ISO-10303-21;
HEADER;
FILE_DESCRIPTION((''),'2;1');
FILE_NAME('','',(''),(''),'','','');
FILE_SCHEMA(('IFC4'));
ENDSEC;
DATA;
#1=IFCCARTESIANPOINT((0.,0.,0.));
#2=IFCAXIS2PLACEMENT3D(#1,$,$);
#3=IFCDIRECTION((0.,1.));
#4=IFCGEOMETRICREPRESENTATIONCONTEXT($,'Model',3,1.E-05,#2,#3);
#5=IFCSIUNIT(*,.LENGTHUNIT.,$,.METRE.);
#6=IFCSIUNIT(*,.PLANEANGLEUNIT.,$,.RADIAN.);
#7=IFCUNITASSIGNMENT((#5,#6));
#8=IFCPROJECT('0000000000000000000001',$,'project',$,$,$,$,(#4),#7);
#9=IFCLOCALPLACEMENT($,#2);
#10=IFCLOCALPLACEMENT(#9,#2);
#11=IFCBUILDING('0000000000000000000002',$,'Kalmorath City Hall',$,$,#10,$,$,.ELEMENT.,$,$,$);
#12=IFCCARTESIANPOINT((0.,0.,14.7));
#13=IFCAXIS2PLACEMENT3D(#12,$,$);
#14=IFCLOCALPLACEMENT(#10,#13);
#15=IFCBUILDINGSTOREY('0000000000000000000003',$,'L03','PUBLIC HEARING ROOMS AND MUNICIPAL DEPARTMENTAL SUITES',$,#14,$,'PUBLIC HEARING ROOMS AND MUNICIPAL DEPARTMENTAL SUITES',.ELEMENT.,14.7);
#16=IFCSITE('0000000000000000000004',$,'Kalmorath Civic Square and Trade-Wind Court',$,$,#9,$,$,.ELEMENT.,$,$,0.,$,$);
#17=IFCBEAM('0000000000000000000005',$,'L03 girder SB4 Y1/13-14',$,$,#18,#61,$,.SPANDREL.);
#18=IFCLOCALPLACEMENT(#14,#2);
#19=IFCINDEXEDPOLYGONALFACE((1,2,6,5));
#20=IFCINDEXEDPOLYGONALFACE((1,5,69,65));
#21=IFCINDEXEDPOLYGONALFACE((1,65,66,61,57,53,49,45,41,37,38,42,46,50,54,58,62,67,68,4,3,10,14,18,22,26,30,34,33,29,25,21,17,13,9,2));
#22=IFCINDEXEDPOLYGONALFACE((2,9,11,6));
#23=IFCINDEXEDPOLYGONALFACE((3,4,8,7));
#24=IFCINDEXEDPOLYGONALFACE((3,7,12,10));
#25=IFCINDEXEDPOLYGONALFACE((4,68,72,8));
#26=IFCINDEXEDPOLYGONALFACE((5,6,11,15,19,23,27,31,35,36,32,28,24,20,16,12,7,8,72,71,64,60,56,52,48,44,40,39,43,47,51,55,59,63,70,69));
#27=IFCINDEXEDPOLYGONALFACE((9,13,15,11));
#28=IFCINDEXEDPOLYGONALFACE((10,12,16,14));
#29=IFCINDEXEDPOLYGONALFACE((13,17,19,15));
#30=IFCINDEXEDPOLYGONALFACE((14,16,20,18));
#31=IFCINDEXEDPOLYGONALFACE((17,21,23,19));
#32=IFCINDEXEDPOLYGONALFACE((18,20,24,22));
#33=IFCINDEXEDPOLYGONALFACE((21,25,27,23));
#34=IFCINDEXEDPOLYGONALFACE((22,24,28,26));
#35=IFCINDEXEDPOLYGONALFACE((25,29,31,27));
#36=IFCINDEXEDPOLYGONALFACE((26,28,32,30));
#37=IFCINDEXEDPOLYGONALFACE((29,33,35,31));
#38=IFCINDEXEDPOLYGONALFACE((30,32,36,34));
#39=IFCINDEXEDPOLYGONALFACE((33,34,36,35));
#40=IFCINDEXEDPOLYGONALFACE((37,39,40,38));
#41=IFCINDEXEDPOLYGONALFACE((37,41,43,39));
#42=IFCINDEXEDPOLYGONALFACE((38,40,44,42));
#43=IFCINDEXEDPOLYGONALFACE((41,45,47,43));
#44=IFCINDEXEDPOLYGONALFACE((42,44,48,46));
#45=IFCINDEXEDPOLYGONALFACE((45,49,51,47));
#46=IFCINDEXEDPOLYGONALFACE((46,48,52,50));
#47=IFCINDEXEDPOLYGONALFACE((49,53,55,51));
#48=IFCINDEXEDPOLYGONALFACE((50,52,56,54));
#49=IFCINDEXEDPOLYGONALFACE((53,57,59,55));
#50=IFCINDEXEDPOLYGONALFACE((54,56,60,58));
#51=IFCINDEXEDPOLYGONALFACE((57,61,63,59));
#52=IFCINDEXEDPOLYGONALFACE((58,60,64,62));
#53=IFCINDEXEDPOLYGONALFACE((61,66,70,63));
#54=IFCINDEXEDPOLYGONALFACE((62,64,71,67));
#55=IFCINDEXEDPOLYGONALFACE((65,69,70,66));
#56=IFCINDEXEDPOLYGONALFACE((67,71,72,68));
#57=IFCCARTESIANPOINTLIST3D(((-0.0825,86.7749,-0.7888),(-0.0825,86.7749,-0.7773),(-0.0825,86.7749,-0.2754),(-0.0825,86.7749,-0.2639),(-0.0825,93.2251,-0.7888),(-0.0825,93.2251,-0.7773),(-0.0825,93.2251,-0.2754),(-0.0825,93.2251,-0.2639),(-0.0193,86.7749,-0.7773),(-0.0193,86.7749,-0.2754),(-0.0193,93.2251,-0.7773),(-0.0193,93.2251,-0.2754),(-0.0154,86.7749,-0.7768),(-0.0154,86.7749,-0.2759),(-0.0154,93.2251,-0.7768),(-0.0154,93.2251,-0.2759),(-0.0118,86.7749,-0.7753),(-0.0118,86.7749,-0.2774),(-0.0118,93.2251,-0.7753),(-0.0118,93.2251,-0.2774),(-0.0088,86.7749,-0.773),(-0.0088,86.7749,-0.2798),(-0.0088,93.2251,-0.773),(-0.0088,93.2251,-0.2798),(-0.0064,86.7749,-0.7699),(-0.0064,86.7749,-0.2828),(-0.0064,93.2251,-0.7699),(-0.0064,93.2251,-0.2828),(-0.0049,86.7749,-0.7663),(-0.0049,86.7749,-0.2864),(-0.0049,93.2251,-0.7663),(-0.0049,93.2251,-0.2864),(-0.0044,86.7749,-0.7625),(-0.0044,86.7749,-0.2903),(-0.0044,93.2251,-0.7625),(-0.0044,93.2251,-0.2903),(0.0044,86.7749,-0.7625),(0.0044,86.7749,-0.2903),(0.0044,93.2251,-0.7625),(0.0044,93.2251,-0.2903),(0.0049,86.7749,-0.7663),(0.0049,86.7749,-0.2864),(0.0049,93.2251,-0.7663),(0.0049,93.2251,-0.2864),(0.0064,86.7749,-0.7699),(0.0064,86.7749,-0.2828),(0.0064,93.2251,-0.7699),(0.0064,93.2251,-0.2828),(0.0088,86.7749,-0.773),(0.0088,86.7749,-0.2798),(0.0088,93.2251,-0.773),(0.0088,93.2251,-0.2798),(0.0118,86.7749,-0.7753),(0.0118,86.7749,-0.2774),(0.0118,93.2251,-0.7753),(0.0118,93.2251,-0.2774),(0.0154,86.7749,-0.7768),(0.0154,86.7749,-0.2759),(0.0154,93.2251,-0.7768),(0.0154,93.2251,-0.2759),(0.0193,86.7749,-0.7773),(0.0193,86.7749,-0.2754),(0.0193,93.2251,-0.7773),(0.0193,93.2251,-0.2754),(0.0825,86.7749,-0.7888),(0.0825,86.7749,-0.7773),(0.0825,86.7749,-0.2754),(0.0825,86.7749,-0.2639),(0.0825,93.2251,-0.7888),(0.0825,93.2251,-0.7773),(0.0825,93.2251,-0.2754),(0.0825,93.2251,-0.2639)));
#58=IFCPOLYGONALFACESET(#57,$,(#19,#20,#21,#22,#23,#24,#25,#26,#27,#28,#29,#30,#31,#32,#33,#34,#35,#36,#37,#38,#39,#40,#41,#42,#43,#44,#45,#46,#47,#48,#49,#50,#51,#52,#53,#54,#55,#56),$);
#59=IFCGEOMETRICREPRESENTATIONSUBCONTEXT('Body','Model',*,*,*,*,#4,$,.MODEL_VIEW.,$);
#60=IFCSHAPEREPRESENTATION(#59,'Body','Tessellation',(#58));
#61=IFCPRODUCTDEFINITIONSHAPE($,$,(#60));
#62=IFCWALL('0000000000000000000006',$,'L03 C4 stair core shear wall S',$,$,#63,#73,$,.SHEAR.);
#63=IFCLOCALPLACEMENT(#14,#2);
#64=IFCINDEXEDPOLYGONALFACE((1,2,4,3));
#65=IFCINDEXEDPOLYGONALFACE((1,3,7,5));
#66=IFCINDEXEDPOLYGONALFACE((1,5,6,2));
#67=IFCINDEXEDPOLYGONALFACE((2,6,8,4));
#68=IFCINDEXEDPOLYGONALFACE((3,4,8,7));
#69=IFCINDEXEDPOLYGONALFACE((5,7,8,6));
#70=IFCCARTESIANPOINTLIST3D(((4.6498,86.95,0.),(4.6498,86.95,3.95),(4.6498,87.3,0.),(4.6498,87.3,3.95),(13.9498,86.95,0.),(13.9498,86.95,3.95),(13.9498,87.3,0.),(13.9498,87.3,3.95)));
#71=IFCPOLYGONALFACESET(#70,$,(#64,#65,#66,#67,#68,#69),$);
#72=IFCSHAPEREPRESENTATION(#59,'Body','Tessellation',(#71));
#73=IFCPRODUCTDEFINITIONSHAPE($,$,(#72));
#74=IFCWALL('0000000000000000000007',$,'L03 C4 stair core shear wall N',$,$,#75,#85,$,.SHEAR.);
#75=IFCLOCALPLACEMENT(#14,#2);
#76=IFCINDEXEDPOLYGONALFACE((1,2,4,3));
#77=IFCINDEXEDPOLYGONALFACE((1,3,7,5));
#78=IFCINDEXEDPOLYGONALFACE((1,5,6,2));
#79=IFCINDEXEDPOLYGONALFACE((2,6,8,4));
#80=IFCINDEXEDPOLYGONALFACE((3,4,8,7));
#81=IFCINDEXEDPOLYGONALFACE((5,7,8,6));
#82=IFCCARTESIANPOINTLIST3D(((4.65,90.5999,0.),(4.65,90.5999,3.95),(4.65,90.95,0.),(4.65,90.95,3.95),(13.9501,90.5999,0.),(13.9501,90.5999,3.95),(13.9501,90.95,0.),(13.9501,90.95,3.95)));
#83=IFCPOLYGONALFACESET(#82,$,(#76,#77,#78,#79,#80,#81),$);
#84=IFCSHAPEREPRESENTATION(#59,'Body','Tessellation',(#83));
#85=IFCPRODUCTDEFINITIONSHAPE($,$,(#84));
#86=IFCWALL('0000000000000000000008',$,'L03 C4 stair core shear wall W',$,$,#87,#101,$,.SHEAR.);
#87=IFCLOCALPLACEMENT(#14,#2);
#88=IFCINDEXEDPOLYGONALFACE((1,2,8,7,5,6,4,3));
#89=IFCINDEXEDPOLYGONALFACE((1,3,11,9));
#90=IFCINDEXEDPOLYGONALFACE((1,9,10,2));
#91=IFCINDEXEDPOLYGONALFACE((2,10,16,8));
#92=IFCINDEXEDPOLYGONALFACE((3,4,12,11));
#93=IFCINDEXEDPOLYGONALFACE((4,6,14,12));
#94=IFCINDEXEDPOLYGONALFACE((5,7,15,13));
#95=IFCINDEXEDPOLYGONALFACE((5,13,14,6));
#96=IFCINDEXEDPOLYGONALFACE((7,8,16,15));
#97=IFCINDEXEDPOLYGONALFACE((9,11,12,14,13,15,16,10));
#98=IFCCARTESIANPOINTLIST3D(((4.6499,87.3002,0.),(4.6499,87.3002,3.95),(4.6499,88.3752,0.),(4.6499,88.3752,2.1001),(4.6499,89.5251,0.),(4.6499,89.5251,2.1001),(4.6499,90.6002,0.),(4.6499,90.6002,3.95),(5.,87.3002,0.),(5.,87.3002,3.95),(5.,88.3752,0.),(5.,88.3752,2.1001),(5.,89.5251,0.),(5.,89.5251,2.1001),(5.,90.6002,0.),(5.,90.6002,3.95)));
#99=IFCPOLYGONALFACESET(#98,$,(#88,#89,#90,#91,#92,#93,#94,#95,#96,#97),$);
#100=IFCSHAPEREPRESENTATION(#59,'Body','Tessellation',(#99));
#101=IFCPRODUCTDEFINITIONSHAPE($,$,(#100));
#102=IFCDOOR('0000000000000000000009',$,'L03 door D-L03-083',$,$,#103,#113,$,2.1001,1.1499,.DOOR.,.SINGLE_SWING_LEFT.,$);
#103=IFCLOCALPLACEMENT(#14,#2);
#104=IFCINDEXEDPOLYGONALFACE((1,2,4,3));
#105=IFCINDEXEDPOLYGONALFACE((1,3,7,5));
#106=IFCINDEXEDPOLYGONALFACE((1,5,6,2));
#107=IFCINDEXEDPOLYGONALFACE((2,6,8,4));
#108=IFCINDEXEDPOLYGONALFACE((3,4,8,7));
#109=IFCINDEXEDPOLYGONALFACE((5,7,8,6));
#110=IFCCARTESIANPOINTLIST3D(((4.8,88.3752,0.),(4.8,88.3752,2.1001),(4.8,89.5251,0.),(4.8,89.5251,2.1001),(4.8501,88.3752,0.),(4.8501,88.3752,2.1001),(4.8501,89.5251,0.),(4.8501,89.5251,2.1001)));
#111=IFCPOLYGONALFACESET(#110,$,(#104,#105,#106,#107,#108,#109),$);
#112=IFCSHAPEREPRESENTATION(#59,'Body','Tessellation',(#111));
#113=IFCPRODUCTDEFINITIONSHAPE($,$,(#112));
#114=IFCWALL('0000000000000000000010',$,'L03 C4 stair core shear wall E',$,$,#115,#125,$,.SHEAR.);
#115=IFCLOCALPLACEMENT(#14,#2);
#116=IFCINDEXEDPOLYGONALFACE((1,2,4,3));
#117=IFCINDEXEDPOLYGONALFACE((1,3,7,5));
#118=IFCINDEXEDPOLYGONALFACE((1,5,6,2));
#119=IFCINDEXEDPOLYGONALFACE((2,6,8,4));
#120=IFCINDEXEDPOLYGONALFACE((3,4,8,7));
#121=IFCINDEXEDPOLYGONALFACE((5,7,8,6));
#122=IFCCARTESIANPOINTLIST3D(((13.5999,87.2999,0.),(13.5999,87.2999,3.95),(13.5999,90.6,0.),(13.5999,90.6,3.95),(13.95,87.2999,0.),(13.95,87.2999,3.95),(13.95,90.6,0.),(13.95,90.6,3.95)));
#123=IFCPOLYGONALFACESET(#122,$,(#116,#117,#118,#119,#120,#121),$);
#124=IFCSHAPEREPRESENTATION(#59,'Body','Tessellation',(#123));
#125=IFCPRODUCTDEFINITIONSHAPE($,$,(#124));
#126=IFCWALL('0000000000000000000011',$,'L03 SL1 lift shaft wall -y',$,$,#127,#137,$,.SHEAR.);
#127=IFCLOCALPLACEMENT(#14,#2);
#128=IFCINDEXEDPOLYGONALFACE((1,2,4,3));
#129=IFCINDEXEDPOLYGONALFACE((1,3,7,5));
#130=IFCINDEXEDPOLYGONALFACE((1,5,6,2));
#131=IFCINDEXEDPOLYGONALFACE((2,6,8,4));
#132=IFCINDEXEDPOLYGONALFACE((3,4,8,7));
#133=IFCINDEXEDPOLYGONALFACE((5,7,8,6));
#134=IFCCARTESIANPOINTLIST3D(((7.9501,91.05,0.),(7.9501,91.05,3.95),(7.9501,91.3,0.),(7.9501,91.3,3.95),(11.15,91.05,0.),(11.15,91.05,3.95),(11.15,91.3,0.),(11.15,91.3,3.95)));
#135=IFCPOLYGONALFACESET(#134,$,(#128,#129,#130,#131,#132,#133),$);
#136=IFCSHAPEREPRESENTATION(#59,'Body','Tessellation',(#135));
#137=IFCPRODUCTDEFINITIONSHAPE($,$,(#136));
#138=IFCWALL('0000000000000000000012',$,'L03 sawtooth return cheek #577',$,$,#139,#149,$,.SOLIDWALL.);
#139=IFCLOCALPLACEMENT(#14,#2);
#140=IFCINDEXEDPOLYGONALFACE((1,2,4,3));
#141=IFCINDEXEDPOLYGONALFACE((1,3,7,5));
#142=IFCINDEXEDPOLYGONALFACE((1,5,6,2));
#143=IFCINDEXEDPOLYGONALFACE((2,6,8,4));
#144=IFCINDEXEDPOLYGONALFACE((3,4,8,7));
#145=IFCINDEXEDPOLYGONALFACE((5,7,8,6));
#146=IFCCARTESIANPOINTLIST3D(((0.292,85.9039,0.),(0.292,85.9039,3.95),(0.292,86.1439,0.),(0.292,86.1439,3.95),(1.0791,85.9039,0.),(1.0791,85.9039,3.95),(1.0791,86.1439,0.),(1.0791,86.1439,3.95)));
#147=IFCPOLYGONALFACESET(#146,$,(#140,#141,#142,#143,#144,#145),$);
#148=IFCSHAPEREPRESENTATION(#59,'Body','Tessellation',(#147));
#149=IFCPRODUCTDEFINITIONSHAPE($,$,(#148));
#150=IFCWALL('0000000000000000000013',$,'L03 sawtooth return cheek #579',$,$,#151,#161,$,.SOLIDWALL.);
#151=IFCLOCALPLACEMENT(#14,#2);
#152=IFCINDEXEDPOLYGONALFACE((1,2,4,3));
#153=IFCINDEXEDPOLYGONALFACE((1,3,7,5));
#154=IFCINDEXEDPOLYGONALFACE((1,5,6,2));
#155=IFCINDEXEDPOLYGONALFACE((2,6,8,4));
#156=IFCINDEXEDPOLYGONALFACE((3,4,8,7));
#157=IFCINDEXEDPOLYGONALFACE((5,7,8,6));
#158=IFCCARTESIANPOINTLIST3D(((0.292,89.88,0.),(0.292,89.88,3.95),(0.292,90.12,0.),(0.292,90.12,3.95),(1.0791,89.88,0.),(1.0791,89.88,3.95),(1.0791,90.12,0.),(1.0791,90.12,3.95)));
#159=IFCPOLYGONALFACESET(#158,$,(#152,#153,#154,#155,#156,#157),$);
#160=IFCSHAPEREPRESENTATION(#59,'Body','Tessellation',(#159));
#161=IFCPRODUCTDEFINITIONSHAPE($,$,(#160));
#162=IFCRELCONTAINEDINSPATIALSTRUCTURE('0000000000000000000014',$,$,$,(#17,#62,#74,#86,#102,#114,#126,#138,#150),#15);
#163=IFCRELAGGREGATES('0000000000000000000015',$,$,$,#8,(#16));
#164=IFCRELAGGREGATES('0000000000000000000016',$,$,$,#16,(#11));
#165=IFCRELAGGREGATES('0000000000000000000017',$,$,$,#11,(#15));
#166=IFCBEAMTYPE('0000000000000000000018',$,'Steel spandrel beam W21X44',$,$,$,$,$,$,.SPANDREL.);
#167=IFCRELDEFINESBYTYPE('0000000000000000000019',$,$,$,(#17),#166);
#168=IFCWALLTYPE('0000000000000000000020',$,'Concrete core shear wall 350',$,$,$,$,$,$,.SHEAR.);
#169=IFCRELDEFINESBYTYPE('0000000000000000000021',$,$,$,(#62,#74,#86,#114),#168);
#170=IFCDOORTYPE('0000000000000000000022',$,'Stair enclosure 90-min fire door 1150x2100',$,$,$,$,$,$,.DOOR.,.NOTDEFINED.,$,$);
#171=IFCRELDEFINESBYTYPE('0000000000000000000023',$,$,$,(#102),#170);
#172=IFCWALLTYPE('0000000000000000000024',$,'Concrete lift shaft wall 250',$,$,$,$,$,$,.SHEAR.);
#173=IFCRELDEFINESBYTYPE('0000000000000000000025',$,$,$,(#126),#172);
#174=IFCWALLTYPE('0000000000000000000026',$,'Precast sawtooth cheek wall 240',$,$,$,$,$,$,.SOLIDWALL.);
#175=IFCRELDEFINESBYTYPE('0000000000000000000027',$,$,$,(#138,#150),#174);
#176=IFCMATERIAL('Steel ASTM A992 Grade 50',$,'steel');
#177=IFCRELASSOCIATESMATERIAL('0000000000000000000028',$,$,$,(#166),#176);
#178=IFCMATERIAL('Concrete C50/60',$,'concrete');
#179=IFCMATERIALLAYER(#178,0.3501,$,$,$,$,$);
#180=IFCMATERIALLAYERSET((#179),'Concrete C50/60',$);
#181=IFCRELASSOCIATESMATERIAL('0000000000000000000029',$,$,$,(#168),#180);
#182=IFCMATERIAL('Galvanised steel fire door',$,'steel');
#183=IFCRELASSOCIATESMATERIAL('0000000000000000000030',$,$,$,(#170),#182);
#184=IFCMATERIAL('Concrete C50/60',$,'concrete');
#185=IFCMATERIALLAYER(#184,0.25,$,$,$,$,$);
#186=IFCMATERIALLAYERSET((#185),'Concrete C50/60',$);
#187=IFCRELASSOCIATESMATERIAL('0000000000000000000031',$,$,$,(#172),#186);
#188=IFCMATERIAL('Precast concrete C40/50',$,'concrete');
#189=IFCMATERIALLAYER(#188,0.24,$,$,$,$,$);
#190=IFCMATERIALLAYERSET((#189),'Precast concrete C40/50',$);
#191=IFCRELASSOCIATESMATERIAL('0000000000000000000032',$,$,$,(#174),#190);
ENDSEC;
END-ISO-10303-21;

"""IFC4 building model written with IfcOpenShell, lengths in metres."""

from ifc_helpers import new_model, si_unit, direction, frame, frame_2d, origin, origin_2d, place, context, subcontext, project, spatial, rectangle, i_section, extrude, material, layer, layer_set, material_profile, profile_set, type_object, element, fill, save


model = new_model("IFC4")

# Units and contexts
model_context = context("Model", 3, precision=1e-05, world=origin(), true_north=direction((0.0, 1.0)))
body_context = subcontext(model_context, "Body", "Model", "MODEL_VIEW")
ifc_project = project(units=[si_unit("LENGTHUNIT", "METRE"), si_unit("PLANEANGLEUNIT", "RADIAN")], contexts=[model_context])

# Site, building, storey
site_placement = place(None, origin())
site = spatial("IfcSite", under=ifc_project, at=site_placement, Name="Kalmorath Civic Square and Trade-Wind Court", CompositionType="ELEMENT", RefElevation=0.0)
building_placement = place(site_placement, origin())
building = spatial("IfcBuilding", under=site, at=building_placement, Name="Kalmorath City Hall", CompositionType="ELEMENT")
storey_placement = place(building_placement, frame((0.0, 0.0, 14.7)))
storey = spatial("IfcBuildingStorey", under=building, at=storey_placement, Name="L03", Description="PUBLIC HEARING ROOMS AND MUNICIPAL DEPARTMENTAL SUITES", LongName="PUBLIC HEARING ROOMS AND MUNICIPAL DEPARTMENTAL SUITES", CompositionType="ELEMENT", Elevation=14.7)

# Beam
ifc_material_1 = material(Name="Steel ASTM A992 Grade 50", Category="steel")
ifc_material_profile_1 = material_profile(ifc_material_1, i_section(OverallWidth=0.165, OverallDepth=0.5249, WebThickness=0.0088, FlangeThickness=0.0115, FilletRadius=0.0149, at=origin_2d()), Name="W21X44")
ifc_profile_set_1 = profile_set([ifc_material_profile_1], Name="Steel ASTM A992 Grade 50")
beam_type_1 = type_object("IfcBeamType", Name="Steel spandrel beam W21X44", PredefinedType="SPANDREL", material=ifc_profile_set_1)
beam_1_placement = place(storey_placement, frame((0.0, 86.7749, -0.5264), z_axis=(0.0, 1.0, 0.0), x_axis=(-1.0, 0.0, 0.0)))
element("IfcBeam", 1, at=beam_1_placement, inside=storey, type_object=beam_type_1, Name="L03 girder SB4 Y1/13-14", PredefinedType="SPANDREL", context=body_context, shape_type="SweptSolid", body=[
    extrude(i_section(OverallWidth=0.165, OverallDepth=0.5249, WebThickness=0.0088, FlangeThickness=0.0115, FilletRadius=0.0149, at=origin_2d()), origin(), (0.0, 0.0, 1.0), 6.4502),
])

# Walls
ifc_material_2 = material(Name="Concrete C50/60", Category="concrete")
ifc_layer_1 = layer(ifc_material_2, 0.3501)
ifc_layer_set_1 = layer_set([ifc_layer_1], Name="Concrete C50/60")
wall_type_1 = type_object("IfcWallType", Name="Concrete core shear wall 350", PredefinedType="SHEAR", material=ifc_layer_set_1)
for number, where, z_axis, x_axis, name in (
    (2, (4.6499, 87.125, 0.0), (0.0, 0.0, 1.0), (1.0, 0.0, 0.0), "L03 C4 stair core shear wall S"),
    (3, (13.95, 90.7749, 0.0), (0.0, 0.0, 1.0), (-1.0, 0.0, 0.0), "L03 C4 stair core shear wall N"),
):
    element("IfcWall", number, at=place(storey_placement, frame(where, z_axis=z_axis, x_axis=x_axis)), inside=storey, type_object=wall_type_1, Name=name, PredefinedType="SHEAR", context=body_context, shape_type="SweptSolid", body=[
        extrude(rectangle(XDim=9.3, YDim=0.3501, at=frame_2d((4.6499, 0.0))), origin(), (0.0, 0.0, 1.0), 3.95),
    ])

# Wall, opening, door
wall_1_placement = place(storey_placement, frame((4.825, 90.6001, 0.0), z_axis=(0.0, 0.0, 1.0), x_axis=(0.0, -1.0, 0.0)))
wall_1 = element("IfcWall", 4, at=wall_1_placement, inside=storey, type_object=wall_type_1, Name="L03 C4 stair core shear wall W", PredefinedType="SHEAR", context=body_context, shape_type="SweptSolid", body=[
    extrude(rectangle(XDim=3.3, YDim=0.3501, at=frame_2d((1.6499, 0.0))), origin(), (0.0, 0.0, 1.0), 3.95),
])
opening_1_placement = place(wall_1_placement, frame((1.075, 0.0, 0.0)))
opening_1 = element("IfcOpeningElement", 5, at=opening_1_placement, cuts=wall_1, PredefinedType="OPENING", context=body_context, shape_type="SweptSolid", body=[
    extrude(rectangle(XDim=1.1499, YDim=2.1001, at=frame_2d((0.575, 1.05))), frame((0.0, 0.1851, 0.0), z_axis=(0.0, -1.0, 0.0), x_axis=(1.0, 0.0, 0.0)), (0.0, 0.0, 1.0), 0.3701),
])
ifc_material_3 = material(Name="Galvanised steel fire door", Category="steel")
door_type = type_object("IfcDoorType", Name="Stair enclosure 90-min fire door 1150x2100", OperationType="NOTDEFINED", PredefinedType="DOOR", material=ifc_material_3)
door_placement = place(opening_1_placement, frame((1.1499, 0.0, 0.0), z_axis=(0.0, 0.0, 1.0), x_axis=(-1.0, 0.0, 0.0)))
door = element("IfcDoor", 6, at=door_placement, inside=storey, type_object=door_type, Name="L03 door D-L03-083", OperationType="SINGLE_SWING_LEFT", OverallHeight=2.1001, OverallWidth=1.1499, PredefinedType="DOOR", context=body_context, shape_type="SweptSolid", body=[
    extrude(rectangle(XDim=1.1499, YDim=2.1001, at=frame_2d((0.575, 1.05))), frame((0.0, 0.0249, 0.0), z_axis=(0.0, -1.0, 0.0), x_axis=(1.0, 0.0, 0.0)), (0.0, 0.0, 1.0), 0.05),
])
fill(opening_1, door)

# Walls
wall_2_placement = place(storey_placement, frame((13.7749, 87.3, 0.0), z_axis=(0.0, 0.0, 1.0), x_axis=(0.0, 1.0, 0.0)))
element("IfcWall", 7, at=wall_2_placement, inside=storey, type_object=wall_type_1, Name="L03 C4 stair core shear wall E", PredefinedType="SHEAR", context=body_context, shape_type="SweptSolid", body=[
    extrude(rectangle(XDim=3.3, YDim=0.3501, at=frame_2d((1.6499, 0.0))), origin(), (0.0, 0.0, 1.0), 3.95),
])
ifc_material_4 = material(Name="Concrete C50/60", Category="concrete")
ifc_layer_2 = layer(ifc_material_4, 0.25)
ifc_layer_set_2 = layer_set([ifc_layer_2], Name="Concrete C50/60")
wall_type_2 = type_object("IfcWallType", Name="Concrete lift shaft wall 250", PredefinedType="SHEAR", material=ifc_layer_set_2)
wall_3_placement = place(storey_placement, frame((7.95, 91.175, 0.0), z_axis=(0.0, 0.0, 1.0), x_axis=(1.0, 0.0, 0.0)))
element("IfcWall", 8, at=wall_3_placement, inside=storey, type_object=wall_type_2, Name="L03 SL1 lift shaft wall -y", PredefinedType="SHEAR", context=body_context, shape_type="SweptSolid", body=[
    extrude(rectangle(XDim=3.2, YDim=0.25, at=frame_2d((1.6001, 0.0))), origin(), (0.0, 0.0, 1.0), 3.95),
])
ifc_material_5 = material(Name="Precast concrete C40/50", Category="concrete")
ifc_layer_3 = layer(ifc_material_5, 0.24)
ifc_layer_set_3 = layer_set([ifc_layer_3], Name="Precast concrete C40/50")
wall_type_3 = type_object("IfcWallType", Name="Precast sawtooth cheek wall 240", PredefinedType="SOLIDWALL", material=ifc_layer_set_3)
for number, where, z_axis, x_axis, name in (
    (9, (1.0791, 86.0239, 0.0), (0.0, 0.0, 1.0), (-1.0, 0.0, 0.0), "L03 sawtooth return cheek #577"),
    (10, (1.0791, 90.0, 0.0), (0.0, 0.0, 1.0), (-1.0, 0.0, 0.0), "L03 sawtooth return cheek #579"),
):
    element("IfcWall", number, at=place(storey_placement, frame(where, z_axis=z_axis, x_axis=x_axis)), inside=storey, type_object=wall_type_3, Name=name, PredefinedType="SOLIDWALL", context=body_context, shape_type="SweptSolid", body=[
        extrude(rectangle(XDim=0.7871, YDim=0.24, at=frame_2d((0.3936, 0.0))), origin(), (0.0, 0.0, 1.0), 3.95),
    ])

save(model, "model.ifc")
